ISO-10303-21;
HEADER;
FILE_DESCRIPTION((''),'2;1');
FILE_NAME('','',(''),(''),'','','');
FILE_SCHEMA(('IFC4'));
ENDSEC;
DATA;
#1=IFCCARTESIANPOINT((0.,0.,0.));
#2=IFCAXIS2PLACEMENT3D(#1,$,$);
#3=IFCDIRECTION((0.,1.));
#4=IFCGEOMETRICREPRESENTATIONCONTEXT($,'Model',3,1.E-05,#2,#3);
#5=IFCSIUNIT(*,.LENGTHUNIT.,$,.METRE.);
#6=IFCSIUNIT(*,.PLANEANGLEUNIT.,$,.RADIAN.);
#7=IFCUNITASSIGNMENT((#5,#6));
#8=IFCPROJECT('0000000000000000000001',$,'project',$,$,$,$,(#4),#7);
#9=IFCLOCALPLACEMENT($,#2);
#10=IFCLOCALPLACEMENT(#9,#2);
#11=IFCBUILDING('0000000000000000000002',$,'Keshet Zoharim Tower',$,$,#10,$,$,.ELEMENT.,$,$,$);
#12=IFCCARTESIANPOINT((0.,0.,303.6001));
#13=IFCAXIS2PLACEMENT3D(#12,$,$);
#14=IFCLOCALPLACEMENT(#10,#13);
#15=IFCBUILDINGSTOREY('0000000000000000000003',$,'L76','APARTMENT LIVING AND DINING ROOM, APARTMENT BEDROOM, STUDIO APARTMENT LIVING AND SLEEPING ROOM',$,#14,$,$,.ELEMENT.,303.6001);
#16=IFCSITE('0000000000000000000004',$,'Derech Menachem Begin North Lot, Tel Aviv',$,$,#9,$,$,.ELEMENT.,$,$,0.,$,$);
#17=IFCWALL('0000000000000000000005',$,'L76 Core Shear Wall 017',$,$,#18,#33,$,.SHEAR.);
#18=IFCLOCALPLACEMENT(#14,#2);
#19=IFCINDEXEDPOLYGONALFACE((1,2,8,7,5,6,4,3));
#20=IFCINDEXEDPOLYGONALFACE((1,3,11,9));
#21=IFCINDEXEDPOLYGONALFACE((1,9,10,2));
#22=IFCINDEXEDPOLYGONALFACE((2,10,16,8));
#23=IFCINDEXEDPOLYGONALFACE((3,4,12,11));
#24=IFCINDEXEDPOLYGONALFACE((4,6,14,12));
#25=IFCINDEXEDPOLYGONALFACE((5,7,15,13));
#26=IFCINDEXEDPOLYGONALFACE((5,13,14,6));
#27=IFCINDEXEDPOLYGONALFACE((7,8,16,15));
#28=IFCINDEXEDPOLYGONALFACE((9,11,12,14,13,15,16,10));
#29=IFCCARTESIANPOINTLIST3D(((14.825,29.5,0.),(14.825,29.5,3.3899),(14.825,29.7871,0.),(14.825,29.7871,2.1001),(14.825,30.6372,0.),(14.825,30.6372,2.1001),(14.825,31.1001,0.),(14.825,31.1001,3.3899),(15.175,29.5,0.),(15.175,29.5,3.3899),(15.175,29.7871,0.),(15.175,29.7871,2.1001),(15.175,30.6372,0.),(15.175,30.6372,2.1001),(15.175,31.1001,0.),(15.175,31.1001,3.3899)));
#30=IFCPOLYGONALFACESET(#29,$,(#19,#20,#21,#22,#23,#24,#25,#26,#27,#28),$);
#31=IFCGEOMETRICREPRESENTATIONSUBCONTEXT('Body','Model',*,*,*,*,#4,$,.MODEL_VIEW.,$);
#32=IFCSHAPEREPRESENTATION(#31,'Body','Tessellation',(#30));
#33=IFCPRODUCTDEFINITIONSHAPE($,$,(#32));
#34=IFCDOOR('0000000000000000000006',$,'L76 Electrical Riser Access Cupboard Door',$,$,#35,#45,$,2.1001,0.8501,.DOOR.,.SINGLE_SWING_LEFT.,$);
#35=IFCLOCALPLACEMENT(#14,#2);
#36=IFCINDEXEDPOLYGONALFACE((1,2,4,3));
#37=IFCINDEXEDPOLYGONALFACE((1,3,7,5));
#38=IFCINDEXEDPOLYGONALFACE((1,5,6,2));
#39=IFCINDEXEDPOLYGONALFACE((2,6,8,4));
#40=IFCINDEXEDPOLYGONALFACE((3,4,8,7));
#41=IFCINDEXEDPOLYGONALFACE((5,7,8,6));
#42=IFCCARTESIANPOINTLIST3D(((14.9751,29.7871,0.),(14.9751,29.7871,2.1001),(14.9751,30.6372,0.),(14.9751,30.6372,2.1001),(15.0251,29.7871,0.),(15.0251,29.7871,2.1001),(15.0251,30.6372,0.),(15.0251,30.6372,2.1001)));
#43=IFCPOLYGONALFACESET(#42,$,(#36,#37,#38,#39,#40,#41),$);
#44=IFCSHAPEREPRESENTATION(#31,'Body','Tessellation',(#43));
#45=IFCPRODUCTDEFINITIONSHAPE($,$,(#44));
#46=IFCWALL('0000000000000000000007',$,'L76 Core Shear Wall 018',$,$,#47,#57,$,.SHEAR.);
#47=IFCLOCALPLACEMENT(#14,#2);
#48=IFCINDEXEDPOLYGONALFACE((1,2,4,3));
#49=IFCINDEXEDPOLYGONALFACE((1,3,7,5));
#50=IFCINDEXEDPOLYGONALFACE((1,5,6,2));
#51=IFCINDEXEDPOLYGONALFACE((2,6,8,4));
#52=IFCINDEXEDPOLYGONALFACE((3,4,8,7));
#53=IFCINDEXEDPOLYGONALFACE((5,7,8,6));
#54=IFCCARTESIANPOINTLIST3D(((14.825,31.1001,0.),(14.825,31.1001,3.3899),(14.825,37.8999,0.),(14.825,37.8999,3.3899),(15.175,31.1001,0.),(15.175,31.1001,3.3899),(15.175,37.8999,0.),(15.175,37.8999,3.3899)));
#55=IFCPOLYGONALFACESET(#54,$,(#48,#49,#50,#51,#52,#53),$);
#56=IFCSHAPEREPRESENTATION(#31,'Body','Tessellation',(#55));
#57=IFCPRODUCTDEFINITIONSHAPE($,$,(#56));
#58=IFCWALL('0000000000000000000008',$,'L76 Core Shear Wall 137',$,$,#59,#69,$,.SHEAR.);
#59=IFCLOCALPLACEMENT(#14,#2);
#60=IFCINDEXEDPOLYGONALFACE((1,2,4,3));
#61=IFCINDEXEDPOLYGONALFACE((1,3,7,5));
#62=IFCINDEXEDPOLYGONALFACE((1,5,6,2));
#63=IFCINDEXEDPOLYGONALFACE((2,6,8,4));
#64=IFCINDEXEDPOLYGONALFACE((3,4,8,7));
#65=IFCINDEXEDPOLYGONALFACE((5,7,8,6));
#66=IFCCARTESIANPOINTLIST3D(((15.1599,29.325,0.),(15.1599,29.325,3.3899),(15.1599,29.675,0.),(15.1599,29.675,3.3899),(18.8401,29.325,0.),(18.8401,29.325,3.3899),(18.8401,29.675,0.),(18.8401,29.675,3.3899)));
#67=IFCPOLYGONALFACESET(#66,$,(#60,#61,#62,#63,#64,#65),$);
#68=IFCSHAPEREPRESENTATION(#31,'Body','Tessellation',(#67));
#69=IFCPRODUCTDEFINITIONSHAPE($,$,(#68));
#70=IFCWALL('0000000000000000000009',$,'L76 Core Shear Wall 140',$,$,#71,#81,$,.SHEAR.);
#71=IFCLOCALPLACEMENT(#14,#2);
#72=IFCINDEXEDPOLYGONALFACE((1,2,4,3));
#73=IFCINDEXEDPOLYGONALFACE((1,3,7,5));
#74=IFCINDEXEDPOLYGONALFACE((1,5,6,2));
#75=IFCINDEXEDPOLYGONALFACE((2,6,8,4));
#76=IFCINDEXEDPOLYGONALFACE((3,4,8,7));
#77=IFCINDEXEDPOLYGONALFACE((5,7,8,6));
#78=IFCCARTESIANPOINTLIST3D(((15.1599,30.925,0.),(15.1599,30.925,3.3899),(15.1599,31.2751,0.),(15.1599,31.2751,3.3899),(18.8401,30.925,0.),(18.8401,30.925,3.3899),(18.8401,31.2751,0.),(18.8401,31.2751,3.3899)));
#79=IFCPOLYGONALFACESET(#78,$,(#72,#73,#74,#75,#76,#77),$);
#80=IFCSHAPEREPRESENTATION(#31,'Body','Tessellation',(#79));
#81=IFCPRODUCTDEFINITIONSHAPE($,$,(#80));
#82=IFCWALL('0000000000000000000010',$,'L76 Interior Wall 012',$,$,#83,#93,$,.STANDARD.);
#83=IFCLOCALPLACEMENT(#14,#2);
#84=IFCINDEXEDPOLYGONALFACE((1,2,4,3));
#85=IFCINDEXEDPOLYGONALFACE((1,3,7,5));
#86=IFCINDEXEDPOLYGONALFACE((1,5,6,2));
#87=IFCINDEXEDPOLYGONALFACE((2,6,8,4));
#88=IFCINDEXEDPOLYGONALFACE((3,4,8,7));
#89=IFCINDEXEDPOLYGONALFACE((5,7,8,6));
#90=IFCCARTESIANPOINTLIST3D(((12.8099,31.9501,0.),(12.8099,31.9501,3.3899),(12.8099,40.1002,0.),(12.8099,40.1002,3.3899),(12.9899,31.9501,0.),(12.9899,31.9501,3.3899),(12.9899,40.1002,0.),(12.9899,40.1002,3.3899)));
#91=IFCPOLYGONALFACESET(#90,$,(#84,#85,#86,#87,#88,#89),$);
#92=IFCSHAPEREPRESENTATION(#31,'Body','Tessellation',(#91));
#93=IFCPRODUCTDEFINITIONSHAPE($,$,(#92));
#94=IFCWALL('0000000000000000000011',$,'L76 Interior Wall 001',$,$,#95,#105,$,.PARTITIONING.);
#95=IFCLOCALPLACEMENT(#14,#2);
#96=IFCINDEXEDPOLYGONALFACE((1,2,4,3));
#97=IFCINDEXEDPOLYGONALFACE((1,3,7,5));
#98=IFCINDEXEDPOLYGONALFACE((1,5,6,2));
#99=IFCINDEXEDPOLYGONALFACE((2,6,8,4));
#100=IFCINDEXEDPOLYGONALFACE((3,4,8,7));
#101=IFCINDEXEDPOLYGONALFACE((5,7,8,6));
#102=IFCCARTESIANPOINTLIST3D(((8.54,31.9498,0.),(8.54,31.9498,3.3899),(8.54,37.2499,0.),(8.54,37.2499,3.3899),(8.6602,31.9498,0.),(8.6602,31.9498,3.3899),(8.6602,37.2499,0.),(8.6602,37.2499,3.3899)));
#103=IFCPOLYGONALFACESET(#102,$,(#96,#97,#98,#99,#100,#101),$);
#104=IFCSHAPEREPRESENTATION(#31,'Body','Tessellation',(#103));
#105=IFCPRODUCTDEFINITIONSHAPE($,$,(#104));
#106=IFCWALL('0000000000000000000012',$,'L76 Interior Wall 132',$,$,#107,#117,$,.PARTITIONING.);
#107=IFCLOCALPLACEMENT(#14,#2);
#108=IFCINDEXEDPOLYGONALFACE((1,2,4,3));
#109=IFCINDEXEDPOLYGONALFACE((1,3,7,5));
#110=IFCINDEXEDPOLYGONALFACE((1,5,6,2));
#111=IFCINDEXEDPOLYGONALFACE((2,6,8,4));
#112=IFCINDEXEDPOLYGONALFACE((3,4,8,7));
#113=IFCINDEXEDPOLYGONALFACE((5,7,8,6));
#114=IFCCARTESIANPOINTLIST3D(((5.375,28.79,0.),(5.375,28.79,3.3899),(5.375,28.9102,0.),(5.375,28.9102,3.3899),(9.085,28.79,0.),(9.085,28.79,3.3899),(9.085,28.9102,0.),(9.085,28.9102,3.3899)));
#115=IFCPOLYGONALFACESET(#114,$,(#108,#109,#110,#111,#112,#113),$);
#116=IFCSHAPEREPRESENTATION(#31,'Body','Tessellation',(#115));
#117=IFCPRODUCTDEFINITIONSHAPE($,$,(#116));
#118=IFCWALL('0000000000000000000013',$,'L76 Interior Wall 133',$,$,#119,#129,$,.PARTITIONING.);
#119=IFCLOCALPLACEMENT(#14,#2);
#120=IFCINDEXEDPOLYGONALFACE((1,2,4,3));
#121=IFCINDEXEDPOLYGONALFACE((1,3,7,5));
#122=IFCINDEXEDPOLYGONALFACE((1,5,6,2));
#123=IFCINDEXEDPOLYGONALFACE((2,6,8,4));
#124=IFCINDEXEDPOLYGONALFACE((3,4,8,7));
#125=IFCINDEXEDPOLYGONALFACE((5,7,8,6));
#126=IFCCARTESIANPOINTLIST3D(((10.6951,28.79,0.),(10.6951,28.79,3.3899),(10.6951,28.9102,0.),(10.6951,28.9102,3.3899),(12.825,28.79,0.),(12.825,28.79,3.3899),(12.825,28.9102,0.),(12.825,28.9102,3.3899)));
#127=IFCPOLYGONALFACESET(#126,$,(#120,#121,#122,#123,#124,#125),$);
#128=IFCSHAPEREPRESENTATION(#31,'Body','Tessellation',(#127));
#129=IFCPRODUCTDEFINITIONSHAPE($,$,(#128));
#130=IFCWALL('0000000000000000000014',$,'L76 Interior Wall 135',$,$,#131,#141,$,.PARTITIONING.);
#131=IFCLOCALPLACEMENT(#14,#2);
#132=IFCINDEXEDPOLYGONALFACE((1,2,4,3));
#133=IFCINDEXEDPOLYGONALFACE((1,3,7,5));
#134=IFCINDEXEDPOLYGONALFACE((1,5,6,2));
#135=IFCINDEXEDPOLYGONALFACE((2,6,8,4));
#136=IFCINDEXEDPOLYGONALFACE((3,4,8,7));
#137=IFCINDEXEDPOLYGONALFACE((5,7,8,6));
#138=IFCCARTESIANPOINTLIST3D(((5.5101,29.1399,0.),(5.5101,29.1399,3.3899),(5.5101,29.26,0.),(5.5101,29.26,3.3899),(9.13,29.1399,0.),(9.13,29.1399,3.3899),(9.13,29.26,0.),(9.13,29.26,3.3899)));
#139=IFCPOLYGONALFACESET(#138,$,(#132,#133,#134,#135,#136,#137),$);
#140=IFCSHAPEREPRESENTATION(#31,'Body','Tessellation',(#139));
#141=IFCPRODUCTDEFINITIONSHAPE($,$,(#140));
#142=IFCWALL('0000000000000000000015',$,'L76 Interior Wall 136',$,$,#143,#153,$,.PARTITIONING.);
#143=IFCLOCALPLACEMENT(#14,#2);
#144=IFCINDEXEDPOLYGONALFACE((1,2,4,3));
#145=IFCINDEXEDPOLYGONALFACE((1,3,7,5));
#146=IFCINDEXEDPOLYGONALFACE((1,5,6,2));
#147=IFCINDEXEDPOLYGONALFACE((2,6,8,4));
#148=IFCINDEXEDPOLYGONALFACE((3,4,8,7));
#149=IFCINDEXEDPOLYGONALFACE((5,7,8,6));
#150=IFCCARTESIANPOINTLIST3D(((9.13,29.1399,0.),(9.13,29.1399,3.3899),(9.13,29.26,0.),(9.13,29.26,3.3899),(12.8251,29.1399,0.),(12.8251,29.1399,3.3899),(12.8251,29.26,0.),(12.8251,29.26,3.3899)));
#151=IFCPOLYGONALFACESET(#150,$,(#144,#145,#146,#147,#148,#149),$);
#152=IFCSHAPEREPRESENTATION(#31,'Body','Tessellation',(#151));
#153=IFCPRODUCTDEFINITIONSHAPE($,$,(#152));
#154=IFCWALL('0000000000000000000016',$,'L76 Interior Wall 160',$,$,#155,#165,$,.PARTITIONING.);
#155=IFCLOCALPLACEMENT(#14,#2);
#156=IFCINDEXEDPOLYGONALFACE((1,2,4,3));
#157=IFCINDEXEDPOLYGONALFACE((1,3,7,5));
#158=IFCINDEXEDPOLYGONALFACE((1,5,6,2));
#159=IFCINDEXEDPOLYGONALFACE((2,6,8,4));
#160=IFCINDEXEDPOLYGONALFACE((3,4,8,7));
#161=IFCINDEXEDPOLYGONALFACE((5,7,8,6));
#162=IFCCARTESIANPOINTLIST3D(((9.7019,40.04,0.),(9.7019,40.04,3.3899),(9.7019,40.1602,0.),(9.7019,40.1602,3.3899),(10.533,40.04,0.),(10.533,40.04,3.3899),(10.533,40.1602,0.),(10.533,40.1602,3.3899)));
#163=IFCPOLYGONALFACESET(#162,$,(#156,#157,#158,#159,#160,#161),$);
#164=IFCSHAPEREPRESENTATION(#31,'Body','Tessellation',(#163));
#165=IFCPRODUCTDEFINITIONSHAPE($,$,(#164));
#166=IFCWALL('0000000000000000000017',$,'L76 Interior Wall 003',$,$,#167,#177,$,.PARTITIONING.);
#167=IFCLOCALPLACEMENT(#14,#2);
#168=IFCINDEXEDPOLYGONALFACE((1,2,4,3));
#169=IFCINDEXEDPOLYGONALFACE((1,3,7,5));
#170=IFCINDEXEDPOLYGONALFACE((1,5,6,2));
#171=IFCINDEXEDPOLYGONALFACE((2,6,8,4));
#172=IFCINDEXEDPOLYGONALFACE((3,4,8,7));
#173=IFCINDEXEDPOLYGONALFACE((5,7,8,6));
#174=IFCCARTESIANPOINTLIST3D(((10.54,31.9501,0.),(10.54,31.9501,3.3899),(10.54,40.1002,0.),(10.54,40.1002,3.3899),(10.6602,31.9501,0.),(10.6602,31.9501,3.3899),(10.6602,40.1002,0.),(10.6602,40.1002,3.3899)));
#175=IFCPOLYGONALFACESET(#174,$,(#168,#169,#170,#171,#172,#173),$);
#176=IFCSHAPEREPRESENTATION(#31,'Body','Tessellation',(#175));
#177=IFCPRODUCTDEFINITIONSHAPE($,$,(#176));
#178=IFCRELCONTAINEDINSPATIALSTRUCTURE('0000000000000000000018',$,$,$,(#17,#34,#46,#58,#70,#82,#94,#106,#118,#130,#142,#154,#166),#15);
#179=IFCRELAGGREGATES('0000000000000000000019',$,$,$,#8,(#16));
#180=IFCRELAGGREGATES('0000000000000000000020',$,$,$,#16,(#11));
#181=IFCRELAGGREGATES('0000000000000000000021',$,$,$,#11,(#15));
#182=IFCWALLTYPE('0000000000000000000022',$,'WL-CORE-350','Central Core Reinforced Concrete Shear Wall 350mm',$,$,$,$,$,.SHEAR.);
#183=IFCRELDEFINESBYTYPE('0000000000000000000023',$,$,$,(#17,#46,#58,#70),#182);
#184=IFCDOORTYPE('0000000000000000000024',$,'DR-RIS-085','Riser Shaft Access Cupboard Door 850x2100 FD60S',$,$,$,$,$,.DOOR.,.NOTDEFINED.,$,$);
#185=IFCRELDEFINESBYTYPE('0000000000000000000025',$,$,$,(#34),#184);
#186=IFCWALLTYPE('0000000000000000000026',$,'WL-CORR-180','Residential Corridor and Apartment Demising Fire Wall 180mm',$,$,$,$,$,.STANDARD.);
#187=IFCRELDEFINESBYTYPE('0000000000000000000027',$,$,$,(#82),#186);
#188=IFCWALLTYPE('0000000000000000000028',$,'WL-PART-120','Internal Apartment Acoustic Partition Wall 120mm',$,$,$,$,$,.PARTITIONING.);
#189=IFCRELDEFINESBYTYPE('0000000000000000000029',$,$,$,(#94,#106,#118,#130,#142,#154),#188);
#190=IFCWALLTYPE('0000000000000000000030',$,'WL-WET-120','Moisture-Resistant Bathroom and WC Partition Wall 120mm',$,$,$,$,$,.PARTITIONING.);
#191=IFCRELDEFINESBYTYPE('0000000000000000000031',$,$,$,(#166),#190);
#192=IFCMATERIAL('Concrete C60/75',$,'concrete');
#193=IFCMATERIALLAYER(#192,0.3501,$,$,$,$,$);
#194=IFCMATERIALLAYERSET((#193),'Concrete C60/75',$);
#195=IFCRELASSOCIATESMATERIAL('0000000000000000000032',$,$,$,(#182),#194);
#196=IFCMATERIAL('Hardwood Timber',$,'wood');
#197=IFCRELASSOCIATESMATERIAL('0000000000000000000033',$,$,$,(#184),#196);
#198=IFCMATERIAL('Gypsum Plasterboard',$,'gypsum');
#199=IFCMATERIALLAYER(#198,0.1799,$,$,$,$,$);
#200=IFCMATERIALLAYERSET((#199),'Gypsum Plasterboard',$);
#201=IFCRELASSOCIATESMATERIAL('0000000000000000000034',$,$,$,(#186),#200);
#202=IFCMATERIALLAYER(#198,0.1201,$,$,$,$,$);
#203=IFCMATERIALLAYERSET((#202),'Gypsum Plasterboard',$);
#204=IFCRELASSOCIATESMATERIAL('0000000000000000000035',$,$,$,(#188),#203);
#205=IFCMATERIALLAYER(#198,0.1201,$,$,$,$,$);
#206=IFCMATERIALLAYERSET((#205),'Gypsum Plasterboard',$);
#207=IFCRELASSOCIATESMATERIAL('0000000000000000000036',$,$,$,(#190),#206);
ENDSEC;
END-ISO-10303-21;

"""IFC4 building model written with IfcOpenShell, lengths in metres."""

from ifc_helpers import new_model, si_unit, direction, frame, frame_2d, origin, place, context, subcontext, project, spatial, rectangle, extrude, material, layer, layer_set, type_object, element, fill, save


model = new_model("IFC4")

# Units and contexts
model_context = context("Model", 3, precision=1e-05, world=origin(), true_north=direction((0.0, 1.0)))
body_context = subcontext(model_context, "Body", "Model", "MODEL_VIEW")
ifc_project = project(units=[si_unit("LENGTHUNIT", "METRE"), si_unit("PLANEANGLEUNIT", "RADIAN")], contexts=[model_context])

# Site, building, storey
site_placement = place(None, origin())
site = spatial("IfcSite", under=ifc_project, at=site_placement, Name="Derech Menachem Begin North Lot, Tel Aviv", CompositionType="ELEMENT", RefElevation=0.0)
building_placement = place(site_placement, origin())
building = spatial("IfcBuilding", under=site, at=building_placement, Name="Keshet Zoharim Tower", CompositionType="ELEMENT")
storey_placement = place(building_placement, frame((0.0, 0.0, 303.6001)))
storey = spatial("IfcBuildingStorey", under=building, at=storey_placement, Name="L76", Description="APARTMENT LIVING AND DINING ROOM, APARTMENT BEDROOM, STUDIO APARTMENT LIVING AND SLEEPING ROOM", CompositionType="ELEMENT", Elevation=303.6001)

# Wall, opening, door
ifc_material_1 = material(Name="Concrete C60/75", Category="concrete")
ifc_layer_1 = layer(ifc_material_1, 0.3501)
ifc_layer_set_1 = layer_set([ifc_layer_1], Name="Concrete C60/75")
wall_type_1 = type_object("IfcWallType", Name="WL-CORE-350", Description="Central Core Reinforced Concrete Shear Wall 350mm", PredefinedType="SHEAR", material=ifc_layer_set_1)
wall_1_placement = place(storey_placement, frame((15.0, 29.5, 0.0), z_axis=(0.0, 0.0, 1.0), x_axis=(0.0, 1.0, 0.0)))
wall_1 = element("IfcWall", 1, at=wall_1_placement, inside=storey, type_object=wall_type_1, Name="L76 Core Shear Wall 017", PredefinedType="SHEAR", context=body_context, shape_type="SweptSolid", body=[
    extrude(rectangle(XDim=1.6001, YDim=0.3501, at=frame_2d((0.8, 0.0))), origin(), (0.0, 0.0, 1.0), 3.3899),
])
opening_1_placement = place(wall_1_placement, frame((0.2871, 0.0, 0.0)))
opening_1 = element("IfcOpeningElement", 2, at=opening_1_placement, cuts=wall_1, PredefinedType="OPENING", context=body_context, shape_type="SweptSolid", body=[
    extrude(rectangle(XDim=0.8501, YDim=2.1001, at=frame_2d((0.425, 1.05))), frame((0.0, 0.1851, 0.0), z_axis=(0.0, -1.0, 0.0), x_axis=(1.0, 0.0, 0.0)), (0.0, 0.0, 1.0), 0.3701),
])
ifc_material_2 = material(Name="Hardwood Timber", Category="wood")
door_type_1 = type_object("IfcDoorType", Name="DR-RIS-085", Description="Riser Shaft Access Cupboard Door 850x2100 FD60S", OperationType="NOTDEFINED", PredefinedType="DOOR", material=ifc_material_2)
door_1_placement = place(opening_1_placement, origin())
door_1 = element("IfcDoor", 3, at=door_1_placement, inside=storey, type_object=door_type_1, Name="L76 Electrical Riser Access Cupboard Door", OperationType="SINGLE_SWING_LEFT", OverallHeight=2.1001, OverallWidth=0.8501, PredefinedType="DOOR", context=body_context, shape_type="SweptSolid", body=[
    extrude(rectangle(XDim=0.8501, YDim=2.1001, at=frame_2d((0.425, 1.05))), frame((0.0, 0.0249, 0.0), z_axis=(0.0, -1.0, 0.0), x_axis=(1.0, 0.0, 0.0)), (0.0, 0.0, 1.0), 0.05),
])
fill(opening_1, door_1)

# Walls
wall_2_placement = place(storey_placement, frame((15.0, 31.1001, 0.0), z_axis=(0.0, 0.0, 1.0), x_axis=(0.0, 1.0, 0.0)))
element("IfcWall", 4, at=wall_2_placement, inside=storey, type_object=wall_type_1, Name="L76 Core Shear Wall 018", PredefinedType="SHEAR", context=body_context, shape_type="SweptSolid", body=[
    extrude(rectangle(XDim=6.7998, YDim=0.3501, at=frame_2d((3.3999, 0.0))), origin(), (0.0, 0.0, 1.0), 3.3899),
])
for number, where, z_axis, x_axis, name in (
    (5, (15.1599, 29.5, 0.0), (0.0, 0.0, 1.0), (1.0, 0.0, 0.0), "L76 Core Shear Wall 137"),
    (6, (15.1599, 31.1001, 0.0), (0.0, 0.0, 1.0), (1.0, 0.0, 0.0), "L76 Core Shear Wall 140"),
):
    element("IfcWall", number, at=place(storey_placement, frame(where, z_axis=z_axis, x_axis=x_axis)), inside=storey, type_object=wall_type_1, Name=name, PredefinedType="SHEAR", context=body_context, shape_type="SweptSolid", body=[
        extrude(rectangle(XDim=3.6802, YDim=0.3501, at=frame_2d((1.8401, 0.0))), origin(), (0.0, 0.0, 1.0), 3.3899),
    ])

# Shared definitions
ifc_material_3 = material(Name="Gypsum Plasterboard", Category="gypsum")
ifc_layer_2 = layer(ifc_material_3, 0.1799)
ifc_layer_set_2 = layer_set([ifc_layer_2], Name="Gypsum Plasterboard")
wall_type_2 = type_object("IfcWallType", Name="WL-CORR-180", Description="Residential Corridor and Apartment Demising Fire Wall 180mm", PredefinedType="STANDARD", material=ifc_layer_set_2)

# Walls
wall_3_placement = place(storey_placement, frame((12.8999, 31.95, 0.0), z_axis=(0.0, 0.0, 1.0), x_axis=(0.0, 1.0, 0.0)))
element("IfcWall", 7, at=wall_3_placement, inside=storey, type_object=wall_type_2, Name="L76 Interior Wall 012", PredefinedType="STANDARD", context=body_context, shape_type="SweptSolid", body=[
    extrude(rectangle(XDim=8.1501, YDim=0.1799, at=frame_2d((4.0752, 0.0))), origin(), (0.0, 0.0, 1.0), 3.3899),
])
ifc_layer_3 = layer(ifc_material_3, 0.1201)
ifc_layer_set_3 = layer_set([ifc_layer_3], Name="Gypsum Plasterboard")
wall_type_3 = type_object("IfcWallType", Name="WL-PART-120", Description="Internal Apartment Acoustic Partition Wall 120mm", PredefinedType="PARTITIONING", material=ifc_layer_set_3)
wall_4_placement = place(storey_placement, frame((8.6001, 31.95, 0.0), z_axis=(0.0, 0.0, 1.0), x_axis=(0.0, 1.0, 0.0)))
element("IfcWall", 8, at=wall_4_placement, inside=storey, type_object=wall_type_3, Name="L76 Interior Wall 001", PredefinedType="PARTITIONING", context=body_context, shape_type="SweptSolid", body=[
    extrude(rectangle(XDim=5.3, YDim=0.1201, at=frame_2d((2.6499, 0.0))), origin(), (0.0, 0.0, 1.0), 3.3899),
])
wall_5_placement = place(storey_placement, frame((5.375, 28.8501, 0.0), z_axis=(0.0, 0.0, 1.0), x_axis=(1.0, 0.0, 0.0)))
element("IfcWall", 9, at=wall_5_placement, inside=storey, type_object=wall_type_3, Name="L76 Interior Wall 132", PredefinedType="PARTITIONING", context=body_context, shape_type="SweptSolid", body=[
    extrude(rectangle(XDim=3.71, YDim=0.1201, at=frame_2d((1.855, 0.0))), origin(), (0.0, 0.0, 1.0), 3.3899),
])
wall_6_placement = place(storey_placement, frame((10.6951, 28.8501, 0.0), z_axis=(0.0, 0.0, 1.0), x_axis=(1.0, 0.0, 0.0)))
element("IfcWall", 10, at=wall_6_placement, inside=storey, type_object=wall_type_3, Name="L76 Interior Wall 133", PredefinedType="PARTITIONING", context=body_context, shape_type="SweptSolid", body=[
    extrude(rectangle(XDim=2.1299, YDim=0.1201, at=frame_2d((1.0649, 0.0))), origin(), (0.0, 0.0, 1.0), 3.3899),
])
wall_7_placement = place(storey_placement, frame((5.51, 29.2, 0.0), z_axis=(0.0, 0.0, 1.0), x_axis=(1.0, 0.0, 0.0)))
element("IfcWall", 11, at=wall_7_placement, inside=storey, type_object=wall_type_3, Name="L76 Interior Wall 135", PredefinedType="PARTITIONING", context=body_context, shape_type="SweptSolid", body=[
    extrude(rectangle(XDim=3.6199, YDim=0.1201, at=frame_2d((1.8101, 0.0))), origin(), (0.0, 0.0, 1.0), 3.3899),
])
wall_8_placement = place(storey_placement, frame((9.1299, 29.2, 0.0), z_axis=(0.0, 0.0, 1.0), x_axis=(1.0, 0.0, 0.0)))
element("IfcWall", 12, at=wall_8_placement, inside=storey, type_object=wall_type_3, Name="L76 Interior Wall 136", PredefinedType="PARTITIONING", context=body_context, shape_type="SweptSolid", body=[
    extrude(rectangle(XDim=3.6951, YDim=0.1201, at=frame_2d((1.8477, 0.0))), origin(), (0.0, 0.0, 1.0), 3.3899),
])

# Walls
wall_9_placement = place(storey_placement, frame((9.7019, 40.1001, 0.0), z_axis=(0.0, 0.0, 1.0), x_axis=(1.0, 0.0, 0.0)))
element("IfcWall", 13, at=wall_9_placement, inside=storey, type_object=wall_type_3, Name="L76 Interior Wall 160", PredefinedType="PARTITIONING", context=body_context, shape_type="SweptSolid", body=[
    extrude(rectangle(XDim=0.8311, YDim=0.1201, at=frame_2d((0.4155, 0.0))), origin(), (0.0, 0.0, 1.0), 3.3899),
])
ifc_layer_4 = layer(ifc_material_3, 0.1201)
ifc_layer_set_4 = layer_set([ifc_layer_4], Name="Gypsum Plasterboard")
wall_type_4 = type_object("IfcWallType", Name="WL-WET-120", Description="Moisture-Resistant Bathroom and WC Partition Wall 120mm", PredefinedType="PARTITIONING", material=ifc_layer_set_4)
wall_10_placement = place(storey_placement, frame((10.6001, 31.95, 0.0), z_axis=(0.0, 0.0, 1.0), x_axis=(0.0, 1.0, 0.0)))
element("IfcWall", 14, at=wall_10_placement, inside=storey, type_object=wall_type_4, Name="L76 Interior Wall 003", PredefinedType="PARTITIONING", context=body_context, shape_type="SweptSolid", body=[
    extrude(rectangle(XDim=8.1501, YDim=0.1201, at=frame_2d((4.0752, 0.0))), origin(), (0.0, 0.0, 1.0), 3.3899),
])

save(model, "model.ifc")
